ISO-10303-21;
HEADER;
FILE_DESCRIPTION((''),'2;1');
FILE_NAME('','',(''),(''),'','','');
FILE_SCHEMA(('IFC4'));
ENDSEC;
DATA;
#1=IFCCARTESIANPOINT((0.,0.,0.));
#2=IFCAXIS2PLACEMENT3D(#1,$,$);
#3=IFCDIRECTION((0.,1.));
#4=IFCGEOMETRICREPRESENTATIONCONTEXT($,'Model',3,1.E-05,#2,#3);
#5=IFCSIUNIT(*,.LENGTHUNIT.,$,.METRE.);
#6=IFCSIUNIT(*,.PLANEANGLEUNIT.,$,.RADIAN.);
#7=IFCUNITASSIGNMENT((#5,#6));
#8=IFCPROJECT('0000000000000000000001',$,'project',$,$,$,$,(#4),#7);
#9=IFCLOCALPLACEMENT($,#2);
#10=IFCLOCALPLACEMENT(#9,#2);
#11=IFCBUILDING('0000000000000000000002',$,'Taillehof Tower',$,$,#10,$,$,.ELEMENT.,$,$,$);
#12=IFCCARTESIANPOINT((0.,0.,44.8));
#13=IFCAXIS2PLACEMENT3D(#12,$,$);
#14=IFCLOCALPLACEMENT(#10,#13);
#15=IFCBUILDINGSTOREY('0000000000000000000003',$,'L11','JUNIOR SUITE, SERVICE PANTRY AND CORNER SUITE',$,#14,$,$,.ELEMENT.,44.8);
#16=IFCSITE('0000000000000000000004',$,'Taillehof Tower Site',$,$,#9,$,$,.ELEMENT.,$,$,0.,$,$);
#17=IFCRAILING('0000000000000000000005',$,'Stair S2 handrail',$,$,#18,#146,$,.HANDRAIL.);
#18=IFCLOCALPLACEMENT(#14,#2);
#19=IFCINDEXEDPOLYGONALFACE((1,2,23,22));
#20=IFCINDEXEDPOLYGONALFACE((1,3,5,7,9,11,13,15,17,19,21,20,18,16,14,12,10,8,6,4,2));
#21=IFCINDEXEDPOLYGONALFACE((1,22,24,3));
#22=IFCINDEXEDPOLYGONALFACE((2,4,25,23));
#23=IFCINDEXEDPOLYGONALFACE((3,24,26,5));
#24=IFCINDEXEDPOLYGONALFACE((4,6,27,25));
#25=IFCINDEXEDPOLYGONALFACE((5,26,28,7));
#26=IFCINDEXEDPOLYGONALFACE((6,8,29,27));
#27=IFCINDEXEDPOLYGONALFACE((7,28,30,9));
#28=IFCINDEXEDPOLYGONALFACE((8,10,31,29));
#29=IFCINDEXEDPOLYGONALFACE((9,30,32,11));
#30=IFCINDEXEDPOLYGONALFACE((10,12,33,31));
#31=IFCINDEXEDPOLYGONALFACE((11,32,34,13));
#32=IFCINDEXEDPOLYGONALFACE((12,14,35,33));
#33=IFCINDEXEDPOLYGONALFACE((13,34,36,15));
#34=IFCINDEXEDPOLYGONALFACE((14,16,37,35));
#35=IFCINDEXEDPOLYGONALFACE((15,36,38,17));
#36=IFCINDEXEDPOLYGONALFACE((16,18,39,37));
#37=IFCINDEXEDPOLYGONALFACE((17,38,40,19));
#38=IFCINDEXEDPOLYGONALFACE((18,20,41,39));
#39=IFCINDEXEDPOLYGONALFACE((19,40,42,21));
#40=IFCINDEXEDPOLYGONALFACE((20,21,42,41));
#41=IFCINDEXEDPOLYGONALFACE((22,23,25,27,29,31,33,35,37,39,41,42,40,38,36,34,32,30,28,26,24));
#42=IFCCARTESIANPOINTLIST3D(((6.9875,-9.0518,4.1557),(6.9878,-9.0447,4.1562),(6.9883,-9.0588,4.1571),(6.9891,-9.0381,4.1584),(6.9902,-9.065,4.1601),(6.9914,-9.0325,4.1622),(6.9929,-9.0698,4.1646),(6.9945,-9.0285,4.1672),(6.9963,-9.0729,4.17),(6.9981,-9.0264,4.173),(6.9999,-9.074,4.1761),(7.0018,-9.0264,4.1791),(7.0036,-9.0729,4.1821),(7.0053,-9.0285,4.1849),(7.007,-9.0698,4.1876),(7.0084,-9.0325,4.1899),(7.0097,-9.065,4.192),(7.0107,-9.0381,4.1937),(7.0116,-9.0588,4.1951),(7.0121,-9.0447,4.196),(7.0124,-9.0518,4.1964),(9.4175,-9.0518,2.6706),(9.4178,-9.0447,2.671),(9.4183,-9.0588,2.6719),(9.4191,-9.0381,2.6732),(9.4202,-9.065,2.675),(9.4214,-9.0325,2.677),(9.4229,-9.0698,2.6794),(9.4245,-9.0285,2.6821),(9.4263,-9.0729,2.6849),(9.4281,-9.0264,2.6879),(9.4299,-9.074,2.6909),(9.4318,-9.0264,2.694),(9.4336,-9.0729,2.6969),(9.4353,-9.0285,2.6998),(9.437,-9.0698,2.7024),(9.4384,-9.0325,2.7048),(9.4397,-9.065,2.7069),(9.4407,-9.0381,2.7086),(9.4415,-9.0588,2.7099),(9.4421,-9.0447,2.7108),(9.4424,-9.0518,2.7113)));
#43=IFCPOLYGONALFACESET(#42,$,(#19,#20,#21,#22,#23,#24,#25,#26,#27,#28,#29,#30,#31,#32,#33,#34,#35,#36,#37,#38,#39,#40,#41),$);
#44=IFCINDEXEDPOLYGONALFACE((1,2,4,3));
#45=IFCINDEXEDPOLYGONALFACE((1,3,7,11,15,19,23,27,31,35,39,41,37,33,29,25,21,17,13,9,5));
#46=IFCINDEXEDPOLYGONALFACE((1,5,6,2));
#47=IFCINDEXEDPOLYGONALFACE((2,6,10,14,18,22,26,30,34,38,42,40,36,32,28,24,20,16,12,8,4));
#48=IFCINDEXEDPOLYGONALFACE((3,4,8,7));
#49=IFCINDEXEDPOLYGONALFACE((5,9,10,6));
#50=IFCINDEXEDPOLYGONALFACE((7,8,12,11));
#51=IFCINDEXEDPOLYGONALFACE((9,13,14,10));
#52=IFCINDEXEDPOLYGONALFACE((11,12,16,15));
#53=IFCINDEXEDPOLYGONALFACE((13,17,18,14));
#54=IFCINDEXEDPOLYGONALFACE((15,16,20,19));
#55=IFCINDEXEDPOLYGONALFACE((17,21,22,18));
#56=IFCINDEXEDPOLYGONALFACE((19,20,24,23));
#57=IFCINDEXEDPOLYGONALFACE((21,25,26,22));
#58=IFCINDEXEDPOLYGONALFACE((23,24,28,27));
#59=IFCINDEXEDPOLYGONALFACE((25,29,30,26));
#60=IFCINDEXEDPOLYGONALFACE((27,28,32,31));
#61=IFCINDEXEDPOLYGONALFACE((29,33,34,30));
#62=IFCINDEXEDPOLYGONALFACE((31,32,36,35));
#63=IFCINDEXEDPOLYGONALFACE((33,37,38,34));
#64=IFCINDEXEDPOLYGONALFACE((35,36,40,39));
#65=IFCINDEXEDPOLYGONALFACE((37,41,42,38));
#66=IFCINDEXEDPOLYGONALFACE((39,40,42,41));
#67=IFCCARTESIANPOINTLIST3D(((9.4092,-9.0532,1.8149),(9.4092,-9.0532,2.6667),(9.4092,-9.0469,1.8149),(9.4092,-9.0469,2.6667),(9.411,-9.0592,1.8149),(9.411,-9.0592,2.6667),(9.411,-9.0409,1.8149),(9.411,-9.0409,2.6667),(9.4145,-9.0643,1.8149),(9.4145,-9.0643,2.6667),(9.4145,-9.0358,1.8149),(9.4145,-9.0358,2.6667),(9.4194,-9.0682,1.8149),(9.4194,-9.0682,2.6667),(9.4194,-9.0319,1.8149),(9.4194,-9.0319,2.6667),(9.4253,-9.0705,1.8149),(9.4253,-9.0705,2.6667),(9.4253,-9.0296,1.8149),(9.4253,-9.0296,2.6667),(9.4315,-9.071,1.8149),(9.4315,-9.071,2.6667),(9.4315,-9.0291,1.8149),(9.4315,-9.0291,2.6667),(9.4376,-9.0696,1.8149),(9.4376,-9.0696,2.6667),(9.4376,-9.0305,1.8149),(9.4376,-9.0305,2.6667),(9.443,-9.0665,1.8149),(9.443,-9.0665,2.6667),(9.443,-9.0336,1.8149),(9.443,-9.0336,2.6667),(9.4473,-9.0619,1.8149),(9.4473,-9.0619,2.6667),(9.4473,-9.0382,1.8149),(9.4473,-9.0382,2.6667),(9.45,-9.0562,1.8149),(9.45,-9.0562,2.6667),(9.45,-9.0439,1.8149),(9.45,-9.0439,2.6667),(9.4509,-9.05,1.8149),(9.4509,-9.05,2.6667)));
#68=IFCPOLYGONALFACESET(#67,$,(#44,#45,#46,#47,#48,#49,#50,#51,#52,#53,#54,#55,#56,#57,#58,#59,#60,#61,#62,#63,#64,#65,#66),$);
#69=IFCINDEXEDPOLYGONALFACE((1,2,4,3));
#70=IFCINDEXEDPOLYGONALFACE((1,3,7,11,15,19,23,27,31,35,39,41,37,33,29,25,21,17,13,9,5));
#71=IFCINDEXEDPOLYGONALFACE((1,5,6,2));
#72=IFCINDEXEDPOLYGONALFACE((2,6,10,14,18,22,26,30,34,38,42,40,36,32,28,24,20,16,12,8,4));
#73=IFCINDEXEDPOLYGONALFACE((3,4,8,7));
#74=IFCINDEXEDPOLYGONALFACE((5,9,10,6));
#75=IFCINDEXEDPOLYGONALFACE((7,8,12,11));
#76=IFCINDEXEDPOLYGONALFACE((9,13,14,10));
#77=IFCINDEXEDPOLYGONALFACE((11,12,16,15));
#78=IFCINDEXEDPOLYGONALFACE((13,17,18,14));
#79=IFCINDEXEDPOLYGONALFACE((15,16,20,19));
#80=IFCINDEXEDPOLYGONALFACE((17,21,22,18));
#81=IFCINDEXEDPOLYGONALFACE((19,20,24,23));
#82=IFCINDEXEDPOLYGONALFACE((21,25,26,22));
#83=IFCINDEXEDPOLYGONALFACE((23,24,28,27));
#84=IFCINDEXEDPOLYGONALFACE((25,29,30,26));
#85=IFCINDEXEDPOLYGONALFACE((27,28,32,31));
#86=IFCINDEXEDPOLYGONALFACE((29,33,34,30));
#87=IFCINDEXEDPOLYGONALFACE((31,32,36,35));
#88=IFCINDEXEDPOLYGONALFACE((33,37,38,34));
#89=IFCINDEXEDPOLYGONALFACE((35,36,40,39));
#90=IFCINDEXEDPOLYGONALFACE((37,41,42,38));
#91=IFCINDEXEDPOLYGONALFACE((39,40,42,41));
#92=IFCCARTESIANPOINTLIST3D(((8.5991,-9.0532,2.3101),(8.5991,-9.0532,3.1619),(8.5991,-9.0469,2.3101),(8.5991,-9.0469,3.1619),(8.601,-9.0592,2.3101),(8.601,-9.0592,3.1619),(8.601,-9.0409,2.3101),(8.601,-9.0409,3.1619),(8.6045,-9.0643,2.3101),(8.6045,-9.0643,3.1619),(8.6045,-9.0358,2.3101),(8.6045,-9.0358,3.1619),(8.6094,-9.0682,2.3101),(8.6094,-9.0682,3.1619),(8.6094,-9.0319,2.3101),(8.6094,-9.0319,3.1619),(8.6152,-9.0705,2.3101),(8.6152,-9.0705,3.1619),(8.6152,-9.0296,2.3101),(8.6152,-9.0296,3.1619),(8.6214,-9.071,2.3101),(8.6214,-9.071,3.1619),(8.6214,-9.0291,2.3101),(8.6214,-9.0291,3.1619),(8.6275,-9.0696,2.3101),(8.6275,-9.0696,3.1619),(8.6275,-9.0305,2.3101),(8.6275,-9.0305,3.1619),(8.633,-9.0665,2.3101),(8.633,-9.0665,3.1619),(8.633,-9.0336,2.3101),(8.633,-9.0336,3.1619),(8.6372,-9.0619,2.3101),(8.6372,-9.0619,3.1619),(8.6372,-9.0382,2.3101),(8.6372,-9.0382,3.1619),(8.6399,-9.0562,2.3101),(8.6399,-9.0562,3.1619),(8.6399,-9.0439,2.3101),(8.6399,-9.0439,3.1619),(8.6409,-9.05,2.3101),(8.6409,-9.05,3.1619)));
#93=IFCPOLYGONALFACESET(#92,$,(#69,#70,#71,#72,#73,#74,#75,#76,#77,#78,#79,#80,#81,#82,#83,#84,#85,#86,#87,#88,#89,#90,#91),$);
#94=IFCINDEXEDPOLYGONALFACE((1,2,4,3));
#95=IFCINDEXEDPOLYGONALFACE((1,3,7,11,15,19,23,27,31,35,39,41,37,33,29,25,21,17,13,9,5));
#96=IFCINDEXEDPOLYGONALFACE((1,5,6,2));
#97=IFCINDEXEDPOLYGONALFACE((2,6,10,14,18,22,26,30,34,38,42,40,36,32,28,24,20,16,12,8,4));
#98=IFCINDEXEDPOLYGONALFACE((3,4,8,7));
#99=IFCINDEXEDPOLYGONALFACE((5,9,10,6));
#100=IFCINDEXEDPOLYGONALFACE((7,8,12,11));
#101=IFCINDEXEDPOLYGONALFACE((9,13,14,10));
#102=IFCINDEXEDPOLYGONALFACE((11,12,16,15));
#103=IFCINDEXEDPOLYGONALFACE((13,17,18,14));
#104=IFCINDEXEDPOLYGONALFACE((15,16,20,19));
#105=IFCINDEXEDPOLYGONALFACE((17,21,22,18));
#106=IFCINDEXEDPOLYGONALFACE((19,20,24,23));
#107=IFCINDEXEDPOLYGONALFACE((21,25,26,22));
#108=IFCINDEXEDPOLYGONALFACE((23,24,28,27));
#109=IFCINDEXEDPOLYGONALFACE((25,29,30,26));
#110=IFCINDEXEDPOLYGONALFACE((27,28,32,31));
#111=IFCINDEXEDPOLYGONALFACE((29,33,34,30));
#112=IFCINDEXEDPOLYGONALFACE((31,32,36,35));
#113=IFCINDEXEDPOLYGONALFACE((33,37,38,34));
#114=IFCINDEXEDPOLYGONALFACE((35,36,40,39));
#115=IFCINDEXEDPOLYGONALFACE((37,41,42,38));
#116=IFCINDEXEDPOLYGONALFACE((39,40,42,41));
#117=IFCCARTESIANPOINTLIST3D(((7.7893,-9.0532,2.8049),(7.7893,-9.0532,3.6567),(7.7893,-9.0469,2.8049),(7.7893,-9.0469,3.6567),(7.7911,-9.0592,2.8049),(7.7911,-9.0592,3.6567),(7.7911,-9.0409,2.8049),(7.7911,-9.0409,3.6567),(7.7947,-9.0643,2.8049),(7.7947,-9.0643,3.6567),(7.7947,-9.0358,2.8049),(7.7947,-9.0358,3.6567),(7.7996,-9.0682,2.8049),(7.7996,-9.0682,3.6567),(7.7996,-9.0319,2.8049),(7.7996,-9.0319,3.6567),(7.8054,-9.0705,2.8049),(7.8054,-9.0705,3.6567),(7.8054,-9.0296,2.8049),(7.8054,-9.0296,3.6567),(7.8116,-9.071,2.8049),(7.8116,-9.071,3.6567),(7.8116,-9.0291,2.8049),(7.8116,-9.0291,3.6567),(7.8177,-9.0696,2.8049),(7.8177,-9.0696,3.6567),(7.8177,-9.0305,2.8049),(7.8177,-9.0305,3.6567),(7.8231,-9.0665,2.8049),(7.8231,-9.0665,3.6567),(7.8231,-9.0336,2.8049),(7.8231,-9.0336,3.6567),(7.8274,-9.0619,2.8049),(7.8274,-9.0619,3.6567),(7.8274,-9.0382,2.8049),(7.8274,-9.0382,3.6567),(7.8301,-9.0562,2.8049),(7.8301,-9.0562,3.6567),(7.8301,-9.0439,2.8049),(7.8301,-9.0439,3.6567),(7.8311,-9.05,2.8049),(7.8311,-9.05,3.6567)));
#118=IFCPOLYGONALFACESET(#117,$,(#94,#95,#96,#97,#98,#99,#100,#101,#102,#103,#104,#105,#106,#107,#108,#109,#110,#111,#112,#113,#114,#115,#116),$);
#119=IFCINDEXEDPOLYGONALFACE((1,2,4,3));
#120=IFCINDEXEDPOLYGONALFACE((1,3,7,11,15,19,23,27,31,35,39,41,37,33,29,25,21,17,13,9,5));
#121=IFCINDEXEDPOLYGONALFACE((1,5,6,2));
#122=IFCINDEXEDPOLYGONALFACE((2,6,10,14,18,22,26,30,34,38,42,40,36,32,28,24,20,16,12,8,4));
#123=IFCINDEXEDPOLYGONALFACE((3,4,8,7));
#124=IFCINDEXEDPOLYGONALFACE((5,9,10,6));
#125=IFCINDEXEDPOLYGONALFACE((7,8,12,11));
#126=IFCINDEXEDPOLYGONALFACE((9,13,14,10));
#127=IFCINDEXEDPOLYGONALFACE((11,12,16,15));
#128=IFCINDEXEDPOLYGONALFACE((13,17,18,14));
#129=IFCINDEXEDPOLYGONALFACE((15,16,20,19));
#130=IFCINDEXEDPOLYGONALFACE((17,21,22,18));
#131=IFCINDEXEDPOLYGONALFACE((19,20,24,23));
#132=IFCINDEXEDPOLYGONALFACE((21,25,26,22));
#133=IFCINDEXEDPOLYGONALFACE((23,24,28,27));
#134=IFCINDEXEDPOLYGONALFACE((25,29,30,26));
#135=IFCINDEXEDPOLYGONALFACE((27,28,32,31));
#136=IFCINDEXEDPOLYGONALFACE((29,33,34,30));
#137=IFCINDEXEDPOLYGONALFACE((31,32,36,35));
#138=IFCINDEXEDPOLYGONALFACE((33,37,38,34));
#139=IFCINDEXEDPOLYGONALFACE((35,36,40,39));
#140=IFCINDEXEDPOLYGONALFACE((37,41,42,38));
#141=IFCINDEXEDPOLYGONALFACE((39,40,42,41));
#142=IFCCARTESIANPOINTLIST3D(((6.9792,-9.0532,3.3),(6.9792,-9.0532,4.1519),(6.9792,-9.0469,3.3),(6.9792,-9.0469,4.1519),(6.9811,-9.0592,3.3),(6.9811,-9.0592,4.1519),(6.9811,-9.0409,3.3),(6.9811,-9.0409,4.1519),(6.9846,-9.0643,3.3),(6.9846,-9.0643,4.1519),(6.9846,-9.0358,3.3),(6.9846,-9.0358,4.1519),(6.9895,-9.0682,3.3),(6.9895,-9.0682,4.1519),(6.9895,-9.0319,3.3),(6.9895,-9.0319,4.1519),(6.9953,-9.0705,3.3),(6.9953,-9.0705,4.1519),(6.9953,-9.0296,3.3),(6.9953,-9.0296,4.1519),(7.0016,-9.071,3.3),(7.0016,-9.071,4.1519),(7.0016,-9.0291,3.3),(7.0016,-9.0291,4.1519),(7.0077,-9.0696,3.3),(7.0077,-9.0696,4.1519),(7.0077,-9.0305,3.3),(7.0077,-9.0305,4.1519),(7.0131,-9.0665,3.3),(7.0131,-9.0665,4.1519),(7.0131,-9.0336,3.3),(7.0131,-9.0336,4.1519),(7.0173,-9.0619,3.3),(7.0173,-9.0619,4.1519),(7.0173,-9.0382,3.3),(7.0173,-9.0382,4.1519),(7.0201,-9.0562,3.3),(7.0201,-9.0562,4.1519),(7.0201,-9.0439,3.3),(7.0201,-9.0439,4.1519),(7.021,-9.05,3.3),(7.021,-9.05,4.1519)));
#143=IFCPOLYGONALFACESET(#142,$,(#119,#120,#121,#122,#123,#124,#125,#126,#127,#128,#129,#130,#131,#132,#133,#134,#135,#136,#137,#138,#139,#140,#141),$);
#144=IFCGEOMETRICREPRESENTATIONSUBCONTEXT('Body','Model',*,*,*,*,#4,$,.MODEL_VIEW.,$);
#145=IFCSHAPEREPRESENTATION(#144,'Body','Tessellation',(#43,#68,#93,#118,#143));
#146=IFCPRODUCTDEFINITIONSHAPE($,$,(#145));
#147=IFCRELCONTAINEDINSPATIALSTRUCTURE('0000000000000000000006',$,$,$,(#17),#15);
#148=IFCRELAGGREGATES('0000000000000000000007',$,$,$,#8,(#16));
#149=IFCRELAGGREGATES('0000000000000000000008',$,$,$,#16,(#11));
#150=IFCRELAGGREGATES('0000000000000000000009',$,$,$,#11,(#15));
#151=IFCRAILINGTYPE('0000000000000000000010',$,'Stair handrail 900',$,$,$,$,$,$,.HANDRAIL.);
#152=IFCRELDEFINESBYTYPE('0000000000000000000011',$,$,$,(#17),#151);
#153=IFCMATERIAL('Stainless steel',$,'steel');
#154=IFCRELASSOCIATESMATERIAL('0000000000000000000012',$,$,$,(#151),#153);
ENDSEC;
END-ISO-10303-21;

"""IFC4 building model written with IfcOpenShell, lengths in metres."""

from ifc_helpers import new_model, si_unit, direction, frame, origin, origin_2d, place, context, subcontext, project, spatial, circle, extrude, material, type_object, element, save


model = new_model("IFC4")

# Units and contexts
model_context = context("Model", 3, precision=1e-05, world=origin(), true_north=direction((0.0, 1.0)))
body_context = subcontext(model_context, "Body", "Model", "MODEL_VIEW")
ifc_project = project(units=[si_unit("LENGTHUNIT", "METRE"), si_unit("PLANEANGLEUNIT", "RADIAN")], contexts=[model_context])

# Site, building, storey
site_placement = place(None, origin())
site = spatial("IfcSite", under=ifc_project, at=site_placement, Name="Taillehof Tower Site", CompositionType="ELEMENT", RefElevation=0.0)
building_placement = place(site_placement, origin())
building = spatial("IfcBuilding", under=site, at=building_placement, Name="Taillehof Tower", CompositionType="ELEMENT")
storey_placement = place(building_placement, frame((0.0, 0.0, 44.8)))
storey = spatial("IfcBuildingStorey", under=building, at=storey_placement, Name="L11", Description="JUNIOR SUITE, SERVICE PANTRY AND CORNER SUITE", CompositionType="ELEMENT", Elevation=44.8)

# Railing
ifc_material_1 = material(Name="Stainless steel", Category="steel")
railing_type = type_object("IfcRailingType", Name="Stair handrail 900", PredefinedType="HANDRAIL", material=ifc_material_1)
railing_1_placement = place(storey_placement, frame((9.4299, -9.05, 1.8149)))
element("IfcRailing", 1, at=railing_1_placement, inside=storey, type_object=railing_type, Name="Stair S2 handrail", PredefinedType="HANDRAIL", context=body_context, shape_type="SweptSolid", body=[
    extrude(circle(Radius=0.0239, at=origin_2d()), frame((0.0, 0.0, 0.876), z_axis=(-0.853259, 0.0, 0.521488), x_axis=(0.0, -1.0, 0.0)), (0.0, 0.0, 1.0), 2.8479),
    extrude(circle(Radius=0.021, at=origin_2d()), origin(), (0.0, 0.0, 1.0), 0.8518),
    extrude(circle(Radius=0.021, at=origin_2d()), frame((-0.8101, 0.0, 0.4951)), (0.0, 0.0, 1.0), 0.8518),
    extrude(circle(Radius=0.021, at=origin_2d()), frame((-1.6199, 0.0, 0.99)), (0.0, 0.0, 1.0), 0.8518),
    extrude(circle(Radius=0.021, at=origin_2d()), frame((-2.4299, 0.0, 1.4851)), (0.0, 0.0, 1.0), 0.8518),
])

save(model, "model.ifc")
